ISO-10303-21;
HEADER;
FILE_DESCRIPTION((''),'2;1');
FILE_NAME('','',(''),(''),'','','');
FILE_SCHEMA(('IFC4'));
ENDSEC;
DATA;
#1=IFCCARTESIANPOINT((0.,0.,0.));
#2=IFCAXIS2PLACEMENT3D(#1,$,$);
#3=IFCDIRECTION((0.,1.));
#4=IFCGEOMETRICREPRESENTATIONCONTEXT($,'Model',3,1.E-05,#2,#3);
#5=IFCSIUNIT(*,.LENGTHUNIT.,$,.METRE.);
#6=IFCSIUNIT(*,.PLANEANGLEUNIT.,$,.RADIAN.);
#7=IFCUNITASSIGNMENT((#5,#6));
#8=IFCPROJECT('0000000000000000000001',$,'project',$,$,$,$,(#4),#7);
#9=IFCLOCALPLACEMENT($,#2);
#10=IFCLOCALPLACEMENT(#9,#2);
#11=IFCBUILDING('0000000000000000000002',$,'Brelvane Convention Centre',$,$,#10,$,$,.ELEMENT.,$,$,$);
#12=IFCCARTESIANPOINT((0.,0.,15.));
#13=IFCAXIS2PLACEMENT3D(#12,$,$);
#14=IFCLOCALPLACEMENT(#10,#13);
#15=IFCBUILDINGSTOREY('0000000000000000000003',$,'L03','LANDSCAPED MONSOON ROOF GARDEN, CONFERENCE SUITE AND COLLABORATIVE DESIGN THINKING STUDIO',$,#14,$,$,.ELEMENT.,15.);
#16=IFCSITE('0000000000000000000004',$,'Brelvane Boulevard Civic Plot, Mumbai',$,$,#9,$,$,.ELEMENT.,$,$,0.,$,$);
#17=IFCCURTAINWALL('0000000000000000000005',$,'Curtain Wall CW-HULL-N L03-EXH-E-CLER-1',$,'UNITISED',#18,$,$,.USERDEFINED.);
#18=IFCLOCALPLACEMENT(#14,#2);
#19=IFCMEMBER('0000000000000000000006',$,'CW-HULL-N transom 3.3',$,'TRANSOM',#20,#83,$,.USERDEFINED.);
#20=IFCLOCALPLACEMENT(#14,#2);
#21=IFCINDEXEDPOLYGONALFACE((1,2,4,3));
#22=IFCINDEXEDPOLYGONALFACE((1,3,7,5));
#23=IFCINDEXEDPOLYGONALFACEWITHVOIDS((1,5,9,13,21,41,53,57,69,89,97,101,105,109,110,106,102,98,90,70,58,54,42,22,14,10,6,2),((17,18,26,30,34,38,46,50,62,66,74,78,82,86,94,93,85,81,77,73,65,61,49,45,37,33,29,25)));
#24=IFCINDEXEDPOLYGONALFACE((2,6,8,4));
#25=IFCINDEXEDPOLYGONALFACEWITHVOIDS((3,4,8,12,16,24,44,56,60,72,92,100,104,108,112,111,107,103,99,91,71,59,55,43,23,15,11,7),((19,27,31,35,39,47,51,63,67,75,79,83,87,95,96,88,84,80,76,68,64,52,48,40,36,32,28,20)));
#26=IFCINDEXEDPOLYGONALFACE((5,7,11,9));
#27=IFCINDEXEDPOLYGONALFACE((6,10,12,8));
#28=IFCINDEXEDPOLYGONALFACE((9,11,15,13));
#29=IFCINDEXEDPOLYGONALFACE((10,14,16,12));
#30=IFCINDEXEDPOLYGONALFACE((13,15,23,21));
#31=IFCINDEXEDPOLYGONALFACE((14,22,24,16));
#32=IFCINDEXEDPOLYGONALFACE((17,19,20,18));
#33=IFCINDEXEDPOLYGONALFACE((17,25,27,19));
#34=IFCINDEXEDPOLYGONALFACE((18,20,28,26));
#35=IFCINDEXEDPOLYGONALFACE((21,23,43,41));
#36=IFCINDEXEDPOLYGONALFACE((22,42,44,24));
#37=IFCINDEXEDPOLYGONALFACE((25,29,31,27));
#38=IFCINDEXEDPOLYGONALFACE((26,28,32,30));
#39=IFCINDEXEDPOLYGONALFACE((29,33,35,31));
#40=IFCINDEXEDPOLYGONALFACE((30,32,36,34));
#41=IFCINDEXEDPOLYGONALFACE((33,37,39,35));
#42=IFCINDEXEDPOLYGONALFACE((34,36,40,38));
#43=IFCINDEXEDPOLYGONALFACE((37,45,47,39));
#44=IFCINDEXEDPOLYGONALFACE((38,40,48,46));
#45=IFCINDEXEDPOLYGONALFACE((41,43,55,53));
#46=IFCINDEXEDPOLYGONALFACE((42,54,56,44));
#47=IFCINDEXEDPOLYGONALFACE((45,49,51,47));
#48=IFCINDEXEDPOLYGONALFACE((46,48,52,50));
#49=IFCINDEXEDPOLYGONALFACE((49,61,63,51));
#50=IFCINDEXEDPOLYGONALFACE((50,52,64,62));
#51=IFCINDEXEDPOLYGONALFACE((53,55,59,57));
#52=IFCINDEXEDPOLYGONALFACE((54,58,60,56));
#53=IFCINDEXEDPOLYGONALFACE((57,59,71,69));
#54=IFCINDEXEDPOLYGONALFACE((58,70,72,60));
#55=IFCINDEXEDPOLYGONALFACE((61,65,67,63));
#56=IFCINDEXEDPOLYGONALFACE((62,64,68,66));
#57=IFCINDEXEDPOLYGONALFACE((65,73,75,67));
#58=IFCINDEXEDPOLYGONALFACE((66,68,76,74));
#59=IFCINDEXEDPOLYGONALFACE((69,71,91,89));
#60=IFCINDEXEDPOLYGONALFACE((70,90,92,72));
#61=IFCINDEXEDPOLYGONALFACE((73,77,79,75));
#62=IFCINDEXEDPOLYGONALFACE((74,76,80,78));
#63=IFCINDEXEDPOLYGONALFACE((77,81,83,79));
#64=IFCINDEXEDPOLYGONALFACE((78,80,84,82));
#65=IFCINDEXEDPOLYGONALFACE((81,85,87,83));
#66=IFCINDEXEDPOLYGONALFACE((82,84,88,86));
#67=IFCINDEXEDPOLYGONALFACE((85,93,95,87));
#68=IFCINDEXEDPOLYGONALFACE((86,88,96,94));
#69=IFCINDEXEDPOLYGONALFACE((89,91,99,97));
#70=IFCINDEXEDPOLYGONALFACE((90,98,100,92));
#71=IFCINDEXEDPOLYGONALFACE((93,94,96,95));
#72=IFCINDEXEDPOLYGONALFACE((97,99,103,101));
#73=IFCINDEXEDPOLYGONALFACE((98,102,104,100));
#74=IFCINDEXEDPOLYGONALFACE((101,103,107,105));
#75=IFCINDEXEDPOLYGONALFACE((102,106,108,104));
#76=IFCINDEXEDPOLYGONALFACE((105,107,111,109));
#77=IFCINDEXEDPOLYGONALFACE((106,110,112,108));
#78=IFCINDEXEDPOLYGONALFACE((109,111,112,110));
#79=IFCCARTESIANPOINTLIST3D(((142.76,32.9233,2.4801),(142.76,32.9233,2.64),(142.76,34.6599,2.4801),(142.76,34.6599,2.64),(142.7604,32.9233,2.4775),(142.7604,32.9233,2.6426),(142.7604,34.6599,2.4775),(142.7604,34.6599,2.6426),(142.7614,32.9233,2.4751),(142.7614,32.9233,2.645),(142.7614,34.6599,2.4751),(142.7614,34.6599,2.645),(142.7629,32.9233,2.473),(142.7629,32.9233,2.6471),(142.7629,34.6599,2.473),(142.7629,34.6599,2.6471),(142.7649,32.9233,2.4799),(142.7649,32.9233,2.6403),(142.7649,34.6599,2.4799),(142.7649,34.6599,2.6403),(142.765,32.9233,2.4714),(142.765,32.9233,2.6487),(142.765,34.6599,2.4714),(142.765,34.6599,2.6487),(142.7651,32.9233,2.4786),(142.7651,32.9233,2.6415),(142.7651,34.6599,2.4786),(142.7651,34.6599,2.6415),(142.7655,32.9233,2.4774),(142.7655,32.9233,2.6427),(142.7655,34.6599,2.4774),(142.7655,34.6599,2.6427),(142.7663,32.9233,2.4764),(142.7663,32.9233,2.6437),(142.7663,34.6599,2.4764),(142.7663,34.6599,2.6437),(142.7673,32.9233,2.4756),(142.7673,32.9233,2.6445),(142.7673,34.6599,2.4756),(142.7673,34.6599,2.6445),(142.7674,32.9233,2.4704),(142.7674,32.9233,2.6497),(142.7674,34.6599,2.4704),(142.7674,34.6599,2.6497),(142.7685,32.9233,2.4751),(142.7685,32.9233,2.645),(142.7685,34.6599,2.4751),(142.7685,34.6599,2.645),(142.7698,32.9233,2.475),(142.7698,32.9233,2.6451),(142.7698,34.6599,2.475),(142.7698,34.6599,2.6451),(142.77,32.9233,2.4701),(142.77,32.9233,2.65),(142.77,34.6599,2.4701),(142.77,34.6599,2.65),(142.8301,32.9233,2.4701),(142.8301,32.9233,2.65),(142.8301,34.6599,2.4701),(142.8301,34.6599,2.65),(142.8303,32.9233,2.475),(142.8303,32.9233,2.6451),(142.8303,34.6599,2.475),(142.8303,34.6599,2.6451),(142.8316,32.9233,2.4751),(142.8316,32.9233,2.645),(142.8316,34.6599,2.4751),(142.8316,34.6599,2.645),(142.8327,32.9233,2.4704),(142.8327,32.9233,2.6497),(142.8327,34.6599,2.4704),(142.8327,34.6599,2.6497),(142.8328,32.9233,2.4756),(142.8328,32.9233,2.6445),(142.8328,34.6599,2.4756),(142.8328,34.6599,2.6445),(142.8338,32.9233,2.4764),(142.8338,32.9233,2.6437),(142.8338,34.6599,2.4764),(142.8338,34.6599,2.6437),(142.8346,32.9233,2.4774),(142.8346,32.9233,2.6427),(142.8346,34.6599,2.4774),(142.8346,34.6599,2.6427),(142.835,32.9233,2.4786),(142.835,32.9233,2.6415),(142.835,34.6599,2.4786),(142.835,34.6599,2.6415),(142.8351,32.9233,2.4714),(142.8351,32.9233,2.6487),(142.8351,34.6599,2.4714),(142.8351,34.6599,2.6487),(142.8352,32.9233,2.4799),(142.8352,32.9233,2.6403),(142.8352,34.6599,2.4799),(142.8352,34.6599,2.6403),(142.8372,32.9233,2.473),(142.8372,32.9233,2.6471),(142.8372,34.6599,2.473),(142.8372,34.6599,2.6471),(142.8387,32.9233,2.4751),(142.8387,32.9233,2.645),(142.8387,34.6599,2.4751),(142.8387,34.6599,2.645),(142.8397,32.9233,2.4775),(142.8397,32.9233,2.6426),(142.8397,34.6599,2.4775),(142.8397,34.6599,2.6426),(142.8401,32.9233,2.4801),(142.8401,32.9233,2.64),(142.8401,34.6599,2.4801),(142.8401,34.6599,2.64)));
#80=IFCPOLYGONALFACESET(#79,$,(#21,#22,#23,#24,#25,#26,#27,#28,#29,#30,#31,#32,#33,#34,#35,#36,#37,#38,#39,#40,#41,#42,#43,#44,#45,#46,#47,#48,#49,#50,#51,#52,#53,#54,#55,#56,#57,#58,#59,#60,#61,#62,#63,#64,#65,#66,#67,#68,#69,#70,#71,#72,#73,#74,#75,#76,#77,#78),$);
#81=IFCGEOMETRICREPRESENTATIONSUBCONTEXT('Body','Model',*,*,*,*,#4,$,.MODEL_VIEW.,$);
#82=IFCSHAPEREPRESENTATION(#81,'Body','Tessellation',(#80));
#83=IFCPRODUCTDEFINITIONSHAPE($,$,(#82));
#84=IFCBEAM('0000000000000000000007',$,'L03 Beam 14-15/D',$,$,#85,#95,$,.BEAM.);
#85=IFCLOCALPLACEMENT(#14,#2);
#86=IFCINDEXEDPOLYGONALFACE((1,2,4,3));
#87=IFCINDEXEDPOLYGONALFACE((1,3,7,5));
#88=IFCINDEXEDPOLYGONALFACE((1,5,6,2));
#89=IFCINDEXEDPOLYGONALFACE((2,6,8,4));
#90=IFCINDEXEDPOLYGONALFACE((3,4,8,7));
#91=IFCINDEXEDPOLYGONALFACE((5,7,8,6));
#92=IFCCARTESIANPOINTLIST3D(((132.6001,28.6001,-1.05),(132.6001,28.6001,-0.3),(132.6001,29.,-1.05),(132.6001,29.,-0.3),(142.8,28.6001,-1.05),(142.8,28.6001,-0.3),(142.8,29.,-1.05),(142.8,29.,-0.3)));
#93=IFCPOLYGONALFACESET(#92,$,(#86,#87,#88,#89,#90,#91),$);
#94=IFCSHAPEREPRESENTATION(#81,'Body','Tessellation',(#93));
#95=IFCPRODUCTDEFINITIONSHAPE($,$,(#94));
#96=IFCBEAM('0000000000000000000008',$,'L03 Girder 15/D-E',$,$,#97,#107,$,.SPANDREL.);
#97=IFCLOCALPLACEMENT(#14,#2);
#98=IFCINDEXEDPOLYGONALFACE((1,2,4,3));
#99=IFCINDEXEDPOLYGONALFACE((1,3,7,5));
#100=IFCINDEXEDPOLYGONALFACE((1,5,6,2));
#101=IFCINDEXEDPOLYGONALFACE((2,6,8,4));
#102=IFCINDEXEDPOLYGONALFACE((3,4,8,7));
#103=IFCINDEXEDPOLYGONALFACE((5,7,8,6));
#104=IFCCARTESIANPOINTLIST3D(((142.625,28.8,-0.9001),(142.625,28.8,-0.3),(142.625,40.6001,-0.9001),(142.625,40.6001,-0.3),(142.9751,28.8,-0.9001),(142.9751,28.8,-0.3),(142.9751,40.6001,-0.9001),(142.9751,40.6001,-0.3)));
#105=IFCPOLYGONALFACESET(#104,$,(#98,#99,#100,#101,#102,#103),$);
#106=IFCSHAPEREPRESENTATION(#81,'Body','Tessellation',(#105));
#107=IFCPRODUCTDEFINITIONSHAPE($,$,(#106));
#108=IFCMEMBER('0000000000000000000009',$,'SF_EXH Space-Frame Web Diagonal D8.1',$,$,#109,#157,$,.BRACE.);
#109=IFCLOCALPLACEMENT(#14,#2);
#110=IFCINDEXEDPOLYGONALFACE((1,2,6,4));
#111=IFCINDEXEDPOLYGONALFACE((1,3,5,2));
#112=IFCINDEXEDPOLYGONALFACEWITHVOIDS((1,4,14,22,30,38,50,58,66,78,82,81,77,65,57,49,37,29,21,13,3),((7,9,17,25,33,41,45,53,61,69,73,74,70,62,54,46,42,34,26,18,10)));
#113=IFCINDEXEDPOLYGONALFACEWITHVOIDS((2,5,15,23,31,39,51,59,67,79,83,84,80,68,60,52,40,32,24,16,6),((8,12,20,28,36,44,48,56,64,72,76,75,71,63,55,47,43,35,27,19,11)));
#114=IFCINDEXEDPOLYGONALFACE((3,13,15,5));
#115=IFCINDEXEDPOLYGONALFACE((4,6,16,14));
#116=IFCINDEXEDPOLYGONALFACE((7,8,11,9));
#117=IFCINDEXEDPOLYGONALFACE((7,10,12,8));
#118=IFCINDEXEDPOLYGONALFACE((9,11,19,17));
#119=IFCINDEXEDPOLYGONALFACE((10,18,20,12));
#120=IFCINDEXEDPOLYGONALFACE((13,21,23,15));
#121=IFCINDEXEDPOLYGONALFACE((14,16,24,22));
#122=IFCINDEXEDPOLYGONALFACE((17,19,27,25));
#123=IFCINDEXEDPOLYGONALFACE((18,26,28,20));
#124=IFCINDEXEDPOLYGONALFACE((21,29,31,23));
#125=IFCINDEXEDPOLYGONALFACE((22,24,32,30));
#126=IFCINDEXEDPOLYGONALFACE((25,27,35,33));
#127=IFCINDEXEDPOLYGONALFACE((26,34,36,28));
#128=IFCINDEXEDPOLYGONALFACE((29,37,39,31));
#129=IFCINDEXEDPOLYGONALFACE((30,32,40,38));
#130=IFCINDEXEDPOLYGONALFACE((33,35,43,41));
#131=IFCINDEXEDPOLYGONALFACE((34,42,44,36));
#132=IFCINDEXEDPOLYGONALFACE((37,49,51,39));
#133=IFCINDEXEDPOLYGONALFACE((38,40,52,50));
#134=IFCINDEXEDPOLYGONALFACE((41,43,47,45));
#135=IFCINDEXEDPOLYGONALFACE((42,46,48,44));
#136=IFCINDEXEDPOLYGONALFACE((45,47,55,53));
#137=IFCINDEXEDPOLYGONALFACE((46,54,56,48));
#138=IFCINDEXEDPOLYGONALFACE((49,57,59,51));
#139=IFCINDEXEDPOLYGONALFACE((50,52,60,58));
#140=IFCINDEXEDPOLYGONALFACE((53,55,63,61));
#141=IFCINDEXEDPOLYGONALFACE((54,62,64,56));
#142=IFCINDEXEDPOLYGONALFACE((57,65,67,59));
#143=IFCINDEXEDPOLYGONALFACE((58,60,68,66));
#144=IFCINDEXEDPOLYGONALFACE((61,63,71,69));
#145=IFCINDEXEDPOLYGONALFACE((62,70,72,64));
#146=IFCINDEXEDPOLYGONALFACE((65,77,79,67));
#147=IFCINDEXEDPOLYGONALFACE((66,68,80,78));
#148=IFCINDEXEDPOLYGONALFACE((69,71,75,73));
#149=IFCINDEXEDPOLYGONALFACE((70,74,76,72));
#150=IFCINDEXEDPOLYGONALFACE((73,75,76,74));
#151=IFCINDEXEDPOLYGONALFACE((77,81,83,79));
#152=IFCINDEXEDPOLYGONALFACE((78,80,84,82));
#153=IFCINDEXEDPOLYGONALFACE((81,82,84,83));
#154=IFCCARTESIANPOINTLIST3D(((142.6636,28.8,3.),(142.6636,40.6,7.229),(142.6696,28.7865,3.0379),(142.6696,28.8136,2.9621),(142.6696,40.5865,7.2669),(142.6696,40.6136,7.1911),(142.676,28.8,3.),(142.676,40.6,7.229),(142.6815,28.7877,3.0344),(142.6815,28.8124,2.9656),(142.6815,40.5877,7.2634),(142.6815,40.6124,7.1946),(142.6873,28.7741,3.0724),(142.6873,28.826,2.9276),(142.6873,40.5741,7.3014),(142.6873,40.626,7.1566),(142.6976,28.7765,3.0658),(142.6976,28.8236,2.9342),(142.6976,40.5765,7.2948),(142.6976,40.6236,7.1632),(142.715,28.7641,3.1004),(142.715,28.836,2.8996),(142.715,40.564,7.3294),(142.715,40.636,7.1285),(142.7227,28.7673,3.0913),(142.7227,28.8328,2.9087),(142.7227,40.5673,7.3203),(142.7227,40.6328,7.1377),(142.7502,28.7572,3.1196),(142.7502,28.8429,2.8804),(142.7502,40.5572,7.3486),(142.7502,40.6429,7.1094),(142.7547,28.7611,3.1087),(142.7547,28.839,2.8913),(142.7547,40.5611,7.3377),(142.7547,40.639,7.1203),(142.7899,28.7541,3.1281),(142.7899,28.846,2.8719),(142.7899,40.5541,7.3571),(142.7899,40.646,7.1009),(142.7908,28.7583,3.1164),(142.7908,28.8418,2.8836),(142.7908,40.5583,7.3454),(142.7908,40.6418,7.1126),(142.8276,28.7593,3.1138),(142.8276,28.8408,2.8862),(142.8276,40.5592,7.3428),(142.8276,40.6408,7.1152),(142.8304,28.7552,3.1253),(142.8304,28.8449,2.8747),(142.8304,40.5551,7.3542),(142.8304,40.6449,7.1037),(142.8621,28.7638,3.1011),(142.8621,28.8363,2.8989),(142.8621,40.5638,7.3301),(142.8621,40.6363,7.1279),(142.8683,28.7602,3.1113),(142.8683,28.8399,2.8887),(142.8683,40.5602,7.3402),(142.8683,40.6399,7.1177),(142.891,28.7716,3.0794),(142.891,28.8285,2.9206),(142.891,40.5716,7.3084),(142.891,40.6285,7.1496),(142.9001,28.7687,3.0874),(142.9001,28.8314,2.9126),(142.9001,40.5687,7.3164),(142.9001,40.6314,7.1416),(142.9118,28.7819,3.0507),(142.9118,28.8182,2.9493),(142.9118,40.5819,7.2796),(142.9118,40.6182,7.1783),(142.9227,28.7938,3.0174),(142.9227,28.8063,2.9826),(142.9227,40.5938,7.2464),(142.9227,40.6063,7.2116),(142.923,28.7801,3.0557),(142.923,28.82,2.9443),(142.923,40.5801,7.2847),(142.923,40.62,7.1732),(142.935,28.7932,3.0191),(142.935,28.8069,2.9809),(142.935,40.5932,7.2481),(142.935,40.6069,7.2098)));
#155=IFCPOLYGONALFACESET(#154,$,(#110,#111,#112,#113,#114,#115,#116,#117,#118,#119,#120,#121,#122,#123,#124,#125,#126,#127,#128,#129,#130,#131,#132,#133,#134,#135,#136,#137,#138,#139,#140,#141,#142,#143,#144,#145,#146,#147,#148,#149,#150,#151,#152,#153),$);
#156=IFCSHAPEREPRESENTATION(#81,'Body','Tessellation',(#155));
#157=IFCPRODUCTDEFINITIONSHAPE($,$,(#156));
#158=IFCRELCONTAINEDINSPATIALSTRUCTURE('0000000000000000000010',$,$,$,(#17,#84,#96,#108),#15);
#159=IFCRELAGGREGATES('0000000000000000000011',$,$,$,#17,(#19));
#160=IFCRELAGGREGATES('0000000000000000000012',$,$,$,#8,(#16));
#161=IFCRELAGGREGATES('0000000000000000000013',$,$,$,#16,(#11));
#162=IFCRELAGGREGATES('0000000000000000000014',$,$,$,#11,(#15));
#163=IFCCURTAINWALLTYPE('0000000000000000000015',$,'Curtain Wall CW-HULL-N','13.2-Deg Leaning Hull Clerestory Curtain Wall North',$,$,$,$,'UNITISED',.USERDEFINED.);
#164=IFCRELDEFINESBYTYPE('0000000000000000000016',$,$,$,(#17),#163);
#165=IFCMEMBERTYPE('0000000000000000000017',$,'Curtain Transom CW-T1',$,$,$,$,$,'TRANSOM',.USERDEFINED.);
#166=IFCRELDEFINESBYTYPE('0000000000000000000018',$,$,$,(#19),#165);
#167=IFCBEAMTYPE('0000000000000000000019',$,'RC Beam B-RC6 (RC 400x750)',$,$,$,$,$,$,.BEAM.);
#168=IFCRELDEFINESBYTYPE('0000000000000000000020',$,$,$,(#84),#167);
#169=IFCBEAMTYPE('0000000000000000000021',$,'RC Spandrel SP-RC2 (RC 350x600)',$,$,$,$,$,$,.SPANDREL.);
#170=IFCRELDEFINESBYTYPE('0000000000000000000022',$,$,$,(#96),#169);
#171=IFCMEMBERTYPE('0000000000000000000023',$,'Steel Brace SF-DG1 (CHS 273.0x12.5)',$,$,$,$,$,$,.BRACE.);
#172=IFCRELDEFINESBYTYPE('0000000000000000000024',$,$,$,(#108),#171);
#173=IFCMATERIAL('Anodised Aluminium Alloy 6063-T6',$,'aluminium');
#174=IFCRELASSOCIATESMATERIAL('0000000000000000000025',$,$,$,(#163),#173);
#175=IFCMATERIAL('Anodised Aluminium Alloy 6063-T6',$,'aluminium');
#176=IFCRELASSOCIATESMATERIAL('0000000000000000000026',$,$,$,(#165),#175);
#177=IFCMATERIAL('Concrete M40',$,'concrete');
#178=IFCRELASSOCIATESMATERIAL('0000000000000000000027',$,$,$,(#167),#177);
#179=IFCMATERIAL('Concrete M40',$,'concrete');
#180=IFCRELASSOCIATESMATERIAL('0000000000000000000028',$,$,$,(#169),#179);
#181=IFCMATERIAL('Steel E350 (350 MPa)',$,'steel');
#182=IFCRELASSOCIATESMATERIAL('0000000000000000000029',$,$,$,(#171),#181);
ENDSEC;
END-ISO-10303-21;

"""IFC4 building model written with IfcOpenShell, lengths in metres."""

from ifc_helpers import new_model, si_unit, direction, frame, origin, origin_2d, place, context, subcontext, project, spatial, rectangle, hollow_rectangle, hollow_circle, extrude, material, material_profile, profile_set, type_object, element, aggregate, save


model = new_model("IFC4")

# Units and contexts
model_context = context("Model", 3, precision=1e-05, world=origin(), true_north=direction((0.0, 1.0)))
body_context = subcontext(model_context, "Body", "Model", "MODEL_VIEW")
ifc_project = project(units=[si_unit("LENGTHUNIT", "METRE"), si_unit("PLANEANGLEUNIT", "RADIAN")], contexts=[model_context])

# Site, building, storey
site_placement = place(None, origin())
site = spatial("IfcSite", under=ifc_project, at=site_placement, Name="Brelvane Boulevard Civic Plot, Mumbai", CompositionType="ELEMENT", RefElevation=0.0)
building_placement = place(site_placement, origin())
building = spatial("IfcBuilding", under=site, at=building_placement, Name="Brelvane Convention Centre", CompositionType="ELEMENT")
storey_placement = place(building_placement, frame((0.0, 0.0, 15.0)))
storey = spatial("IfcBuildingStorey", under=building, at=storey_placement, Name="L03", Description="LANDSCAPED MONSOON ROOF GARDEN, CONFERENCE SUITE AND COLLABORATIVE DESIGN THINKING STUDIO", CompositionType="ELEMENT", Elevation=15.0)

# Curtain wall, member
ifc_material_1 = material(Name="Anodised Aluminium Alloy 6063-T6", Category="aluminium")
curtain_wall_type = type_object("IfcCurtainWallType", Name="Curtain Wall CW-HULL-N", Description="13.2-Deg Leaning Hull Clerestory Curtain Wall North", ElementType="UNITISED", PredefinedType="USERDEFINED", material=ifc_material_1)
curtain_wall_placement = place(storey_placement, origin())
curtain_wall = element("IfcCurtainWall", 1, at=curtain_wall_placement, inside=storey, type_object=curtain_wall_type, Name="Curtain Wall CW-HULL-N L03-EXH-E-CLER-1", ObjectType="UNITISED", PredefinedType="USERDEFINED")
ifc_material_2 = material(Name="Anodised Aluminium Alloy 6063-T6", Category="aluminium")
ifc_material_profile_1 = material_profile(ifc_material_2, hollow_rectangle(XDim=0.0801, YDim=0.1799, WallThickness=0.0049, InnerFilletRadius=0.0049, OuterFilletRadius=0.01, at=origin_2d()), Name="ALU-T 180x80x5.0")
ifc_profile_set_1 = profile_set([ifc_material_profile_1], Name="Anodised Aluminium Alloy 6063-T6")
member_type_1 = type_object("IfcMemberType", Name="Curtain Transom CW-T1", ElementType="TRANSOM", PredefinedType="USERDEFINED", material=ifc_profile_set_1)
member_1_placement = place(storey_placement, frame((142.8, 32.9233, 2.5601), z_axis=(0.0, 1.0, 0.0), x_axis=(-1.0, 0.0, 0.0)))
member_1 = element("IfcMember", 2, at=member_1_placement, type_object=member_type_1, Name="CW-HULL-N transom 3.3", ObjectType="TRANSOM", PredefinedType="USERDEFINED", context=body_context, shape_type="SweptSolid", body=[
    extrude(hollow_rectangle(XDim=0.0801, YDim=0.1799, WallThickness=0.0049, InnerFilletRadius=0.0049, OuterFilletRadius=0.01, at=origin_2d()), origin(), (0.0, 0.0, 1.0), 1.7366),
])

# Beams
ifc_material_3 = material(Name="Concrete M40", Category="concrete")
ifc_material_profile_2 = material_profile(ifc_material_3, rectangle(XDim=0.3999, YDim=0.75, at=origin_2d()), Name="RC 400x750")
ifc_profile_set_2 = profile_set([ifc_material_profile_2], Name="Concrete M40")
beam_type_1 = type_object("IfcBeamType", Name="RC Beam B-RC6 (RC 400x750)", PredefinedType="BEAM", material=ifc_profile_set_2)
beam_1_placement = place(storey_placement, frame((132.6001, 28.8, -0.675), z_axis=(1.0, 0.0, 0.0), x_axis=(0.0, 1.0, 0.0)))
element("IfcBeam", 3, at=beam_1_placement, inside=storey, type_object=beam_type_1, Name="L03 Beam 14-15/D", PredefinedType="BEAM", context=body_context, shape_type="SweptSolid", body=[
    extrude(rectangle(XDim=0.3999, YDim=0.75, at=origin_2d()), origin(), (0.0, 0.0, 1.0), 10.2),
])
ifc_material_4 = material(Name="Concrete M40", Category="concrete")
ifc_material_profile_3 = material_profile(ifc_material_4, rectangle(XDim=0.3501, YDim=0.6001, at=origin_2d()), Name="RC 350x600")
ifc_profile_set_3 = profile_set([ifc_material_profile_3], Name="Concrete M40")
beam_type_2 = type_object("IfcBeamType", Name="RC Spandrel SP-RC2 (RC 350x600)", PredefinedType="SPANDREL", material=ifc_profile_set_3)
beam_2_placement = place(storey_placement, frame((142.8, 28.8, -0.6001), z_axis=(0.0, 1.0, 0.0), x_axis=(-1.0, 0.0, 0.0)))
element("IfcBeam", 4, at=beam_2_placement, inside=storey, type_object=beam_type_2, Name="L03 Girder 15/D-E", PredefinedType="SPANDREL", context=body_context, shape_type="SweptSolid", body=[
    extrude(rectangle(XDim=0.3501, YDim=0.6001, at=origin_2d()), origin(), (0.0, 0.0, 1.0), 11.8),
])

# Member
ifc_material_5 = material(Name="Steel E350 (350 MPa)", Category="steel")
ifc_material_profile_4 = material_profile(ifc_material_5, hollow_circle(Radius=0.1365, WallThickness=0.0125, at=origin_2d()), Name="CHS 273.0x12.5")
ifc_profile_set_4 = profile_set([ifc_material_profile_4], Name="Steel E350 (350 MPa)")
member_type_2 = type_object("IfcMemberType", Name="Steel Brace SF-DG1 (CHS 273.0x12.5)", PredefinedType="BRACE", material=ifc_profile_set_4)
member_2_placement = place(storey_placement, frame((142.8, 28.8, 3.0), z_axis=(0.0, 0.94137, 0.337376), x_axis=(-1.0, 0.0, 0.0)))
element("IfcMember", 5, at=member_2_placement, inside=storey, type_object=member_type_2, Name="SF_EXH Space-Frame Web Diagonal D8.1", PredefinedType="BRACE", context=body_context, shape_type="SweptSolid", body=[
    extrude(hollow_circle(Radius=0.1365, WallThickness=0.0125, at=origin_2d()), origin(), (0.0, 0.0, 1.0), 12.5349),
])

aggregate(curtain_wall, [member_1])

save(model, "model.ifc")
